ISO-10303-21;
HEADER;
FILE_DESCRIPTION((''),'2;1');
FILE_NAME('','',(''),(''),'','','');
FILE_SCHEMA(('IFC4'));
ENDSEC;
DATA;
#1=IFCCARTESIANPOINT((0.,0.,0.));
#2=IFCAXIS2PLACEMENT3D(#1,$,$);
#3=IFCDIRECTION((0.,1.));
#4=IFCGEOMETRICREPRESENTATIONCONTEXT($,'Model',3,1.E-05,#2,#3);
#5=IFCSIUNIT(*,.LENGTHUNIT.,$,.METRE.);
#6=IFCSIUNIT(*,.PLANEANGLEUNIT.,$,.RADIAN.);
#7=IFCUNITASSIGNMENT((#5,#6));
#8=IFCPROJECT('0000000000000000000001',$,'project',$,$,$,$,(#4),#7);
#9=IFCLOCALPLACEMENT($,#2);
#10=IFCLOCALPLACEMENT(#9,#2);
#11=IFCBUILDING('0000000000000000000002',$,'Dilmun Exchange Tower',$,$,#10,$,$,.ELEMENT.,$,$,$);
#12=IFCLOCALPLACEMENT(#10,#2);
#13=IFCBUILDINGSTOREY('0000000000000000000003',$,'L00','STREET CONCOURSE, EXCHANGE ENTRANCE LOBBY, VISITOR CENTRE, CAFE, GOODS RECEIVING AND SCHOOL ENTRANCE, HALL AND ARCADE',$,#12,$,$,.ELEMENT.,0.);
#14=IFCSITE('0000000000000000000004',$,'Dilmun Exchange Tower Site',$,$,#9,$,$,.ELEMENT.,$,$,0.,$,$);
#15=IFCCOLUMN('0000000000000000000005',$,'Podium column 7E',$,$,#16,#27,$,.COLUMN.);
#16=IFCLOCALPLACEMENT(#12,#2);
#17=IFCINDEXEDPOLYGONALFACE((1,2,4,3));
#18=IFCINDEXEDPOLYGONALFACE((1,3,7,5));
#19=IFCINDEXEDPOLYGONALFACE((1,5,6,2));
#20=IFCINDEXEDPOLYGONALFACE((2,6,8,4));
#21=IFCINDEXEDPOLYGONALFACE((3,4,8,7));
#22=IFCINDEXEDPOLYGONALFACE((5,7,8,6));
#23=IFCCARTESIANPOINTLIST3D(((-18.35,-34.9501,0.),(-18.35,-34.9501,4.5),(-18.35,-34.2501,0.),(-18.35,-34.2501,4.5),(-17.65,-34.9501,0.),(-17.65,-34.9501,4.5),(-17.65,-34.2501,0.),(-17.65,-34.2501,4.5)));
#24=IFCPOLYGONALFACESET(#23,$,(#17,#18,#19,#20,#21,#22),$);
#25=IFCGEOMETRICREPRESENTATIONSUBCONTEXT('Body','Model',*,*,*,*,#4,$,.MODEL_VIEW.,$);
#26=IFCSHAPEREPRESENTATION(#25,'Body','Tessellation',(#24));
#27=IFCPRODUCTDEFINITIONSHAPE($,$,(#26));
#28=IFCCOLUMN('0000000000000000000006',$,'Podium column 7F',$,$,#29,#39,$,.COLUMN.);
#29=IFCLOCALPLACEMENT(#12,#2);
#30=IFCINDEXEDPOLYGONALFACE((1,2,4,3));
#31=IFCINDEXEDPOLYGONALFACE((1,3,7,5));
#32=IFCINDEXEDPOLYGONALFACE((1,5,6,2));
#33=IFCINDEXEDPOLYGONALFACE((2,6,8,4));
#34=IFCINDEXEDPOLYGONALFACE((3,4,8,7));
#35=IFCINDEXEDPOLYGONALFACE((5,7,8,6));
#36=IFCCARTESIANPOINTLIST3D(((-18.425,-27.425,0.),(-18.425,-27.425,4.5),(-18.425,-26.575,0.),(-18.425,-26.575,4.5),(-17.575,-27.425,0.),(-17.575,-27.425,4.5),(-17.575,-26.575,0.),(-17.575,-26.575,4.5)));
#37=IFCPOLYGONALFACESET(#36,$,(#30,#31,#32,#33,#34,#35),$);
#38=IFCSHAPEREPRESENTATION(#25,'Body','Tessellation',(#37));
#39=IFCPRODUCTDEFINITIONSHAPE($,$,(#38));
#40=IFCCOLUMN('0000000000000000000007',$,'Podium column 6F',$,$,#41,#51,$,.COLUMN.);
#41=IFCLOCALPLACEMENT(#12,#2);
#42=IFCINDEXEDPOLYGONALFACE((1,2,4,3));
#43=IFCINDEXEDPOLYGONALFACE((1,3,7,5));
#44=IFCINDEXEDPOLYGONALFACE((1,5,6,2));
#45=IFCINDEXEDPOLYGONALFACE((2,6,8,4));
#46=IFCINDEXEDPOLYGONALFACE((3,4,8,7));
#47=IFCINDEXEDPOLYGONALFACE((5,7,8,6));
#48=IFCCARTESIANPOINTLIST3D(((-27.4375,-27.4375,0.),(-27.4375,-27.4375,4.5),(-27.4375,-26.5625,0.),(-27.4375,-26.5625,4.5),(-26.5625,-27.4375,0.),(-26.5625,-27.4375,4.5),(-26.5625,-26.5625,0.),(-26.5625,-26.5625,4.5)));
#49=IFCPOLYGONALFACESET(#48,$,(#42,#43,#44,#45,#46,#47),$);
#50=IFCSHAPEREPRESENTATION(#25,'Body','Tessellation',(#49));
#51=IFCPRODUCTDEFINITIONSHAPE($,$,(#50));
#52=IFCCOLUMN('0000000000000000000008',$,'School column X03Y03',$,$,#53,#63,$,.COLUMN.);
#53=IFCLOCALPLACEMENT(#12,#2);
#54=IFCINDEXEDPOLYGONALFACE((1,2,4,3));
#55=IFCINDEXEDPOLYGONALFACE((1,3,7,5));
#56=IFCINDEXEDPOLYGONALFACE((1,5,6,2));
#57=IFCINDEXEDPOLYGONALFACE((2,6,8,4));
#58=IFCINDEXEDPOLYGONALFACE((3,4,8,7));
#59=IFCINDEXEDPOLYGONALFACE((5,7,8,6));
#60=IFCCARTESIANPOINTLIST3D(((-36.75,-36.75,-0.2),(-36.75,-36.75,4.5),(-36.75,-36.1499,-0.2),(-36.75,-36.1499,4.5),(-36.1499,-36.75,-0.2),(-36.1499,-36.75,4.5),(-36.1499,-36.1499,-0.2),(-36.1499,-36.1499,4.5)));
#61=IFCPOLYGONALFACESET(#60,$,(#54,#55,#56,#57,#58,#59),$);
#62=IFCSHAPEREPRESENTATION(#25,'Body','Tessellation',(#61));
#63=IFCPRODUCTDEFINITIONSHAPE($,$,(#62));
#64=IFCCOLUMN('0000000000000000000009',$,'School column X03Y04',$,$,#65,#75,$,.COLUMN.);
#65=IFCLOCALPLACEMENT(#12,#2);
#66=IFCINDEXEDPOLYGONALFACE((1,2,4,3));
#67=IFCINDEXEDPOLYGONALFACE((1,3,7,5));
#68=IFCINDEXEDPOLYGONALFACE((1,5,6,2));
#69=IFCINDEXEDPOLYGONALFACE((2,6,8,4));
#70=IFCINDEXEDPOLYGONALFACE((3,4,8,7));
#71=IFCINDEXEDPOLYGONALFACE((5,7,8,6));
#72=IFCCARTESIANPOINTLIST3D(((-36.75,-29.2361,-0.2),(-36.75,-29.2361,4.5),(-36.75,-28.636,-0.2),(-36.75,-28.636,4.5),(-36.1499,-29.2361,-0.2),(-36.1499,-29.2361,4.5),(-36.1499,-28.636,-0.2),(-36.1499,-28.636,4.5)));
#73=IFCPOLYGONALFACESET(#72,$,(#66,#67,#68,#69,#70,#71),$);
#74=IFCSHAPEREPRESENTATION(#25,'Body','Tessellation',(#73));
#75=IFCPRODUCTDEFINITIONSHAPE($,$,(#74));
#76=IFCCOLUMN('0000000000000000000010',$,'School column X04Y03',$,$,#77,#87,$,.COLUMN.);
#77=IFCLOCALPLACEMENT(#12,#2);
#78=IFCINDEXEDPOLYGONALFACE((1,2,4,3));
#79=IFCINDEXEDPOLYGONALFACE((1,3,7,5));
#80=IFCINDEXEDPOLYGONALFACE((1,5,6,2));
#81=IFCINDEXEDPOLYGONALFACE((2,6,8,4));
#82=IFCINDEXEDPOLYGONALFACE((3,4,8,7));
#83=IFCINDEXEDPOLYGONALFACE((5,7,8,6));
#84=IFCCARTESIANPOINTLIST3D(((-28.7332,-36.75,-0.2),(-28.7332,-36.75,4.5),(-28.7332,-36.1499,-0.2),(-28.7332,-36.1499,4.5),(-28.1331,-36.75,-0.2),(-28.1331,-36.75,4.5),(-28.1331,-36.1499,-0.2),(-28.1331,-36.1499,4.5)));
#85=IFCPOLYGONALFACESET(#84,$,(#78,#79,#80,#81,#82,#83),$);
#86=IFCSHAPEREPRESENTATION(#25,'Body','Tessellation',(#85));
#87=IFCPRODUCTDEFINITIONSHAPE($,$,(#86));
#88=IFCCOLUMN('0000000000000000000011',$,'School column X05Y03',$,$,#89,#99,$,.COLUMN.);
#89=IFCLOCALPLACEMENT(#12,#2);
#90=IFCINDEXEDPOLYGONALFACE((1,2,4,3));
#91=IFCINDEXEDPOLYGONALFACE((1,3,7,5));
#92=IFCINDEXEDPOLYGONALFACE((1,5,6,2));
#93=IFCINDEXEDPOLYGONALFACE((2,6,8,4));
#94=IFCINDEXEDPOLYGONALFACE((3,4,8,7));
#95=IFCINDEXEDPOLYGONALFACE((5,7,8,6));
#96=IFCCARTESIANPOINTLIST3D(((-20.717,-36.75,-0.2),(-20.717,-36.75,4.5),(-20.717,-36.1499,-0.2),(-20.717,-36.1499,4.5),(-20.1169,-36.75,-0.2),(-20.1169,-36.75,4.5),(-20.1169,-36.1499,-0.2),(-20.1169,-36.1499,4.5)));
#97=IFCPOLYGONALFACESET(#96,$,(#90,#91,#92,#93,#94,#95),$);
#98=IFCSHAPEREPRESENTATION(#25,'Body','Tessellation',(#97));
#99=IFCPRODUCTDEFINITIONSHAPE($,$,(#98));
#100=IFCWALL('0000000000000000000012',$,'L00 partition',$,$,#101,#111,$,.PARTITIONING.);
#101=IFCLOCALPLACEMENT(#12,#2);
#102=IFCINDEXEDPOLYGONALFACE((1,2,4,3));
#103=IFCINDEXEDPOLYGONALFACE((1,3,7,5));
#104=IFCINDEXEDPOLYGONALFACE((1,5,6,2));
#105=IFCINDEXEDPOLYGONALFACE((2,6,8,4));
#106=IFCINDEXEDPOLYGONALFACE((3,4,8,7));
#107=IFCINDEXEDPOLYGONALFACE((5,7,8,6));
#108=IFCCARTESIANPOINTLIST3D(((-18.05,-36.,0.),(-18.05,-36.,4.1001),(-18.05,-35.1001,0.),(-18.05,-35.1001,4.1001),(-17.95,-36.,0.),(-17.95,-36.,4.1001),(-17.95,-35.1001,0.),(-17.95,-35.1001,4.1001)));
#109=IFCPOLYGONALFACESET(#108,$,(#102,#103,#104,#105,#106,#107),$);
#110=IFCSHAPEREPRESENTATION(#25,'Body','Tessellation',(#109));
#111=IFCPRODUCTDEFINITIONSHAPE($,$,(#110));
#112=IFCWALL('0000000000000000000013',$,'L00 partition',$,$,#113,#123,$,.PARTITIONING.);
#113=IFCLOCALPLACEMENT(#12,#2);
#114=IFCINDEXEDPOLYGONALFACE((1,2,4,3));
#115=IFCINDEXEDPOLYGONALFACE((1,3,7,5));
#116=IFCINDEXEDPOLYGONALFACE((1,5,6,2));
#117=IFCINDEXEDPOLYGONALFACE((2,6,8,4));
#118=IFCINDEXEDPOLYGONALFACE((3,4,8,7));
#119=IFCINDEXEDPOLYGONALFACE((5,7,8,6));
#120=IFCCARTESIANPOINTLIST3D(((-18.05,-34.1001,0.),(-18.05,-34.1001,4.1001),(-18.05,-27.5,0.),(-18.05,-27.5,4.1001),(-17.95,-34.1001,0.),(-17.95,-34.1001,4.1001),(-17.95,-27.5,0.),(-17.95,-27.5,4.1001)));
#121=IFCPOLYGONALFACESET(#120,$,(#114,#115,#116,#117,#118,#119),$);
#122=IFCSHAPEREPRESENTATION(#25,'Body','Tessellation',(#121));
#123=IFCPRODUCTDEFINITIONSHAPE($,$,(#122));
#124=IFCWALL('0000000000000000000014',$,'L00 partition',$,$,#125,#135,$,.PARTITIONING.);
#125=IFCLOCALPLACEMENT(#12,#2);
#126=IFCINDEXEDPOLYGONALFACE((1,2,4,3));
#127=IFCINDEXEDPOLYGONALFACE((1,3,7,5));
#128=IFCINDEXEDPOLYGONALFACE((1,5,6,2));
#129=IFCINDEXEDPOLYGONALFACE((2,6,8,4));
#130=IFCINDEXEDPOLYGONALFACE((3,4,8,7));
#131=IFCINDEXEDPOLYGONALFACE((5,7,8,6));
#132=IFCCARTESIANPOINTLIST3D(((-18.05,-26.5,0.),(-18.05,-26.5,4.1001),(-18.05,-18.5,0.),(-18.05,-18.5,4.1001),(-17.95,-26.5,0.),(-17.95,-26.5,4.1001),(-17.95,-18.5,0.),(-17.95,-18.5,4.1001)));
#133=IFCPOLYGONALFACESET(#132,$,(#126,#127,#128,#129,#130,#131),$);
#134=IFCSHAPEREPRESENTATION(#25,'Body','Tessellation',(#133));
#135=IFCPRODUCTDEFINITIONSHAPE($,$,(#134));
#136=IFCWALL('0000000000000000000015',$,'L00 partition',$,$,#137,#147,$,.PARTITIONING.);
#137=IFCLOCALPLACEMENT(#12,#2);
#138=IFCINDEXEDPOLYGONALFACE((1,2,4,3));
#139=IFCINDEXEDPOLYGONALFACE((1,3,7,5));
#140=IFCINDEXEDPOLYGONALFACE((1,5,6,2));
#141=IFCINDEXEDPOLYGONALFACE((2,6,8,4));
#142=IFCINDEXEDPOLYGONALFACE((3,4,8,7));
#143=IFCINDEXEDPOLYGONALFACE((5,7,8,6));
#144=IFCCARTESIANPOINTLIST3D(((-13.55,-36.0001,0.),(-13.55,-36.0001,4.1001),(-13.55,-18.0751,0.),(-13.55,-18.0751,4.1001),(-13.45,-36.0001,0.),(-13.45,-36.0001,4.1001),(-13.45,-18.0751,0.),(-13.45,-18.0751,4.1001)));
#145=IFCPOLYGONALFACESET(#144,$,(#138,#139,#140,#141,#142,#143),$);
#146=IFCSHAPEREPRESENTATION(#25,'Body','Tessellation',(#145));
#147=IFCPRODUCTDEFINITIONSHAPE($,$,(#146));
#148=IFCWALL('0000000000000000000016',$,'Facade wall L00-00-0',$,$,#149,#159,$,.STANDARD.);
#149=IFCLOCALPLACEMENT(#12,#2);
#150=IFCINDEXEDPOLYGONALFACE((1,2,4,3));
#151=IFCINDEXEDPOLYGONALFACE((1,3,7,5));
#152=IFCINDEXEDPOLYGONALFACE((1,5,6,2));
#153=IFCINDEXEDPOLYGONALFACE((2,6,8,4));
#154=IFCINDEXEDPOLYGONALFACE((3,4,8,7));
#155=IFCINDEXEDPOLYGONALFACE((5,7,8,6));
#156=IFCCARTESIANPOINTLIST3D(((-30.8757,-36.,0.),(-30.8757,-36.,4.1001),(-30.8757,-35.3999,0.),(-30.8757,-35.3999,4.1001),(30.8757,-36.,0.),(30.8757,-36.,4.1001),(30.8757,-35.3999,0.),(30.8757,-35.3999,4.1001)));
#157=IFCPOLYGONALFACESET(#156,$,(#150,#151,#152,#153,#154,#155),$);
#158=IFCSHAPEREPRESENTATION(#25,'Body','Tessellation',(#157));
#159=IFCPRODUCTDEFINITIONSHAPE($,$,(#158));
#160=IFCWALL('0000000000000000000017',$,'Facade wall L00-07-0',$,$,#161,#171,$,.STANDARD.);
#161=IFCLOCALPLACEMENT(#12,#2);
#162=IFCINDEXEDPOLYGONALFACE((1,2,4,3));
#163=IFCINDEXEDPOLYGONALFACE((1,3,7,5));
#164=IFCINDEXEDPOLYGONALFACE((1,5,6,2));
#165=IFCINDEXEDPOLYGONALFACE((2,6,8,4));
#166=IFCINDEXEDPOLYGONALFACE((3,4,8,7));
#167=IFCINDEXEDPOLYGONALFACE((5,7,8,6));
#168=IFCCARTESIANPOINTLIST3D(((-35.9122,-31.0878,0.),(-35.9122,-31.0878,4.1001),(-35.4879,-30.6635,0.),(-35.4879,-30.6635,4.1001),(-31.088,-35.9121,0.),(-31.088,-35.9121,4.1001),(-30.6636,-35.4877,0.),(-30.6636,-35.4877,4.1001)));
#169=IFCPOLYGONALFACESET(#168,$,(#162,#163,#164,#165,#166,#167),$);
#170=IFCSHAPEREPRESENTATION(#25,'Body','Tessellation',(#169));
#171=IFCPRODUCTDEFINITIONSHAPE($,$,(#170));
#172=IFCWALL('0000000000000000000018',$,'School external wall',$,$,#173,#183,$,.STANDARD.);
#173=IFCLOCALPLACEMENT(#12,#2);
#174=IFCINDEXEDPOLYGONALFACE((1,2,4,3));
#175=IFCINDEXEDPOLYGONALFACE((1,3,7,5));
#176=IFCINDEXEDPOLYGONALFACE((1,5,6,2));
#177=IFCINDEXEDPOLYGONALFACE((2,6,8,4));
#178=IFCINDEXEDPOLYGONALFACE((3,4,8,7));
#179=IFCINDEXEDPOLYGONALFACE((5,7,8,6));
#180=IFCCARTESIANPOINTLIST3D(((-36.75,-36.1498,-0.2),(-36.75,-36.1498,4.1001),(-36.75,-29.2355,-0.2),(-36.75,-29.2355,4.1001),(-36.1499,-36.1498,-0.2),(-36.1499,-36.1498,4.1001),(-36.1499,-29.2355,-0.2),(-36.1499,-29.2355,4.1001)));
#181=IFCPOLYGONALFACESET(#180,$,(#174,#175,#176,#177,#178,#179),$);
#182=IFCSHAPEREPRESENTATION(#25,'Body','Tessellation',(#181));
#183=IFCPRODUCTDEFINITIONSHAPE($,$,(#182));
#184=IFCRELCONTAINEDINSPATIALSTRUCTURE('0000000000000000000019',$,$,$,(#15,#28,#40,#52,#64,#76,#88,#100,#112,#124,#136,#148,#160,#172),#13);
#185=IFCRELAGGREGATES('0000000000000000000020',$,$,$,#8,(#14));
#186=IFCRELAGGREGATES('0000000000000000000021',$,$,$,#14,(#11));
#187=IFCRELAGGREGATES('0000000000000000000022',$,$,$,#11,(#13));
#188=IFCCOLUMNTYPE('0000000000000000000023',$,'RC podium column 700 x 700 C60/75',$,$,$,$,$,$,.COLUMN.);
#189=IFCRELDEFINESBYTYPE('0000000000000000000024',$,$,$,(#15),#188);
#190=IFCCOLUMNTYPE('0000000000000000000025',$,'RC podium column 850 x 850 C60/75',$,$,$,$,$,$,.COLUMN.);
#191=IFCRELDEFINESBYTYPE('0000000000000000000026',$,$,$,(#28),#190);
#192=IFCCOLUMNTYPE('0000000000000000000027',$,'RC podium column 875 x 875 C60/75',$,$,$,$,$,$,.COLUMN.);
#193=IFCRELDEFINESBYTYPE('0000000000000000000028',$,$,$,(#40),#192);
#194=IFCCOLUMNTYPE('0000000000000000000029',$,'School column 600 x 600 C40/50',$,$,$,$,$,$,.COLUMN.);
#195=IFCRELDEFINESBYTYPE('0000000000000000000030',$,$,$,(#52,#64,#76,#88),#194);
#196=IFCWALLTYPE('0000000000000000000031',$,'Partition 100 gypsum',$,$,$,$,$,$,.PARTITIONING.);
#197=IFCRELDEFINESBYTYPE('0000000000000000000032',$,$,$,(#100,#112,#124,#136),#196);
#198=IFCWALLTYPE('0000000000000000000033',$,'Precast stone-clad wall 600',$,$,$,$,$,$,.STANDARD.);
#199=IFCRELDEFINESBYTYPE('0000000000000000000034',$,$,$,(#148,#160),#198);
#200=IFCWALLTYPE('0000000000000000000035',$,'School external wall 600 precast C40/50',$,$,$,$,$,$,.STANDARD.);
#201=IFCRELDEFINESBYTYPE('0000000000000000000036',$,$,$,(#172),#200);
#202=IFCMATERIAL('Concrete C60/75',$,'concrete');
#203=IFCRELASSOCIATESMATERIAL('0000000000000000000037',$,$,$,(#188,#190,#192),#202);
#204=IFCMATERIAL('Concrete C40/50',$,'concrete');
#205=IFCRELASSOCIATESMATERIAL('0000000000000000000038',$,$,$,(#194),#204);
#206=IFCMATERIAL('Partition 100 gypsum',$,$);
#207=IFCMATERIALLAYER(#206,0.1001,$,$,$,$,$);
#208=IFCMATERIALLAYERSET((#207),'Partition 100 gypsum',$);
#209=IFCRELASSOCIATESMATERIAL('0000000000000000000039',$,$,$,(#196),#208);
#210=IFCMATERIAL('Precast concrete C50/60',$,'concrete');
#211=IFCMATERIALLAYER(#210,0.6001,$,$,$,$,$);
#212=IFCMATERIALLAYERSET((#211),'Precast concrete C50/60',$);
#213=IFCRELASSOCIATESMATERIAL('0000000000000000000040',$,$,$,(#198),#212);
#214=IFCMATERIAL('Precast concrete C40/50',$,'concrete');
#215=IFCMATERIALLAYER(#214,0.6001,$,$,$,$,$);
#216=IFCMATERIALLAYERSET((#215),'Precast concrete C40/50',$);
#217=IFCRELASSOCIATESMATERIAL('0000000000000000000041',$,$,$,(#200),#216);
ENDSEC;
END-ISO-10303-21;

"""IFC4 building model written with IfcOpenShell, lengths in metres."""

from ifc_helpers import new_model, si_unit, direction, frame, frame_2d, origin, origin_2d, place, context, subcontext, project, spatial, rectangle, extrude, material, layer, layer_set, material_profile, profile_set, type_object, element, save


model = new_model("IFC4")

# Units and contexts
model_context = context("Model", 3, precision=1e-05, world=origin(), true_north=direction((0.0, 1.0)))
body_context = subcontext(model_context, "Body", "Model", "MODEL_VIEW")
ifc_project = project(units=[si_unit("LENGTHUNIT", "METRE"), si_unit("PLANEANGLEUNIT", "RADIAN")], contexts=[model_context])

# Site, building, storey
site_placement = place(None, origin())
site = spatial("IfcSite", under=ifc_project, at=site_placement, Name="Dilmun Exchange Tower Site", CompositionType="ELEMENT", RefElevation=0.0)
building_placement = place(site_placement, origin())
building = spatial("IfcBuilding", under=site, at=building_placement, Name="Dilmun Exchange Tower", CompositionType="ELEMENT")
storey_placement = place(building_placement, origin())
storey = spatial("IfcBuildingStorey", under=building, at=storey_placement, Name="L00", Description="STREET CONCOURSE, EXCHANGE ENTRANCE LOBBY, VISITOR CENTRE, CAFE, GOODS RECEIVING AND SCHOOL ENTRANCE, HALL AND ARCADE", CompositionType="ELEMENT", Elevation=0.0)

# Columns
ifc_material_1 = material(Name="Concrete C60/75", Category="concrete")
ifc_material_profile_1 = material_profile(ifc_material_1, rectangle(XDim=0.7, YDim=0.7, at=origin_2d()), Name="700 x 700")
ifc_profile_set_1 = profile_set([ifc_material_profile_1], Name="Concrete C60/75")
column_type_1 = type_object("IfcColumnType", Name="RC podium column 700 x 700 C60/75", PredefinedType="COLUMN", material=ifc_profile_set_1)
for number, where, z_axis, x_axis, name in (
    (1, (-18.0, -34.6001, 0.0), (0.0, 0.0, 1.0), (1.0, 0.0, 0.0), "Podium column 7E"),
):
    element("IfcColumn", number, at=place(storey_placement, frame(where, z_axis=z_axis, x_axis=x_axis)), inside=storey, type_object=column_type_1, Name=name, PredefinedType="COLUMN", context=body_context, shape_type="SweptSolid", body=[
        extrude(rectangle(XDim=0.7, YDim=0.7, at=origin_2d()), origin(), (0.0, 0.0, 1.0), 4.5),
    ])
ifc_material_profile_2 = material_profile(ifc_material_1, rectangle(XDim=0.8501, YDim=0.8501, at=origin_2d()), Name="850 x 850")
ifc_profile_set_2 = profile_set([ifc_material_profile_2], Name="Concrete C60/75")
column_type_2 = type_object("IfcColumnType", Name="RC podium column 850 x 850 C60/75", PredefinedType="COLUMN", material=ifc_profile_set_2)
column_1_placement = place(storey_placement, frame((-18.0, -27.0, 0.0), z_axis=(0.0, 0.0, 1.0), x_axis=(1.0, 0.0, 0.0)))
element("IfcColumn", 2, at=column_1_placement, inside=storey, type_object=column_type_2, Name="Podium column 7F", PredefinedType="COLUMN", context=body_context, shape_type="SweptSolid", body=[
    extrude(rectangle(XDim=0.8501, YDim=0.8501, at=origin_2d()), origin(), (0.0, 0.0, 1.0), 4.5),
])
ifc_material_profile_3 = material_profile(ifc_material_1, rectangle(XDim=0.875, YDim=0.875, at=origin_2d()), Name="875 x 875")
ifc_profile_set_3 = profile_set([ifc_material_profile_3], Name="Concrete C60/75")
column_type_3 = type_object("IfcColumnType", Name="RC podium column 875 x 875 C60/75", PredefinedType="COLUMN", material=ifc_profile_set_3)
column_2_placement = place(storey_placement, frame((-27.0, -27.0, 0.0), z_axis=(0.0, 0.0, 1.0), x_axis=(1.0, 0.0, 0.0)))
element("IfcColumn", 3, at=column_2_placement, inside=storey, type_object=column_type_3, Name="Podium column 6F", PredefinedType="COLUMN", context=body_context, shape_type="SweptSolid", body=[
    extrude(rectangle(XDim=0.875, YDim=0.875, at=origin_2d()), origin(), (0.0, 0.0, 1.0), 4.5),
])
ifc_material_2 = material(Name="Concrete C40/50", Category="concrete")
ifc_material_profile_4 = material_profile(ifc_material_2, rectangle(XDim=0.6001, YDim=0.6001, at=origin_2d()), Name="600 x 600")
ifc_profile_set_4 = profile_set([ifc_material_profile_4], Name="Concrete C40/50")
column_type_4 = type_object("IfcColumnType", Name="School column 600 x 600 C40/50", PredefinedType="COLUMN", material=ifc_profile_set_4)
for number, where, z_axis, x_axis, name in (
    (4, (-36.45, -36.45, -0.2), (0.0, 0.0, 1.0), (1.0, 0.0, 0.0), "School column X03Y03"),
    (5, (-36.45, -28.936, -0.2), (0.0, 0.0, 1.0), (1.0, 0.0, 0.0), "School column X03Y04"),
    (6, (-28.4331, -36.45, -0.2), (0.0, 0.0, 1.0), (1.0, 0.0, 0.0), "School column X04Y03"),
    (7, (-20.417, -36.45, -0.2), (0.0, 0.0, 1.0), (1.0, 0.0, 0.0), "School column X05Y03"),
):
    element("IfcColumn", number, at=place(storey_placement, frame(where, z_axis=z_axis, x_axis=x_axis)), inside=storey, type_object=column_type_4, Name=name, PredefinedType="COLUMN", context=body_context, shape_type="SweptSolid", body=[
        extrude(rectangle(XDim=0.6001, YDim=0.6001, at=origin_2d()), origin(), (0.0, 0.0, 1.0), 4.7),
    ])

# Walls
ifc_material_3 = material(Name="Partition 100 gypsum")
ifc_layer_1 = layer(ifc_material_3, 0.1001)
ifc_layer_set_1 = layer_set([ifc_layer_1], Name="Partition 100 gypsum")
wall_type_1 = type_object("IfcWallType", Name="Partition 100 gypsum", PredefinedType="PARTITIONING", material=ifc_layer_set_1)
wall_1_placement = place(storey_placement, frame((-18.0, -36.0, 0.0), z_axis=(0.0, 0.0, 1.0), x_axis=(0.0, 1.0, 0.0)))
element("IfcWall", 8, at=wall_1_placement, inside=storey, type_object=wall_type_1, Name="L00 partition", PredefinedType="PARTITIONING", context=body_context, shape_type="SweptSolid", body=[
    extrude(rectangle(XDim=0.8999, YDim=0.1001, at=frame_2d((0.45, 0.0))), origin(), (0.0, 0.0, 1.0), 4.1001),
])
wall_2_placement = place(storey_placement, frame((-18.0, -34.1001, 0.0), z_axis=(0.0, 0.0, 1.0), x_axis=(0.0, 1.0, 0.0)))
element("IfcWall", 9, at=wall_2_placement, inside=storey, type_object=wall_type_1, Name="L00 partition", PredefinedType="PARTITIONING", context=body_context, shape_type="SweptSolid", body=[
    extrude(rectangle(XDim=6.6001, YDim=0.1001, at=frame_2d((3.3, 0.0))), origin(), (0.0, 0.0, 1.0), 4.1001),
])
wall_3_placement = place(storey_placement, frame((-18.0, -26.5, 0.0), z_axis=(0.0, 0.0, 1.0), x_axis=(0.0, 1.0, 0.0)))
element("IfcWall", 10, at=wall_3_placement, inside=storey, type_object=wall_type_1, Name="L00 partition", PredefinedType="PARTITIONING", context=body_context, shape_type="SweptSolid", body=[
    extrude(rectangle(XDim=8.0, YDim=0.1001, at=frame_2d((4.0, 0.0))), origin(), (0.0, 0.0, 1.0), 4.1001),
])
wall_4_placement = place(storey_placement, frame((-13.5, -36.0, 0.0), z_axis=(0.0, 0.0, 1.0), x_axis=(0.0, 1.0, 0.0)))
element("IfcWall", 11, at=wall_4_placement, inside=storey, type_object=wall_type_1, Name="L00 partition", PredefinedType="PARTITIONING", context=body_context, shape_type="SweptSolid", body=[
    extrude(rectangle(XDim=17.925, YDim=0.1001, at=frame_2d((8.9624, 0.0))), origin(), (0.0, 0.0, 1.0), 4.1001),
])
ifc_material_4 = material(Name="Precast concrete C50/60", Category="concrete")
ifc_layer_2 = layer(ifc_material_4, 0.6001)
ifc_layer_set_2 = layer_set([ifc_layer_2], Name="Precast concrete C50/60")
wall_type_2 = type_object("IfcWallType", Name="Precast stone-clad wall 600", PredefinedType="STANDARD", material=ifc_layer_set_2)
wall_5_placement = place(storey_placement, frame((-30.8757, -35.7, 0.0), z_axis=(0.0, 0.0, 1.0), x_axis=(1.0, 0.0, 0.0)))
element("IfcWall", 12, at=wall_5_placement, inside=storey, type_object=wall_type_2, Name="Facade wall L00-00-0", PredefinedType="STANDARD", context=body_context, shape_type="SweptSolid", body=[
    extrude(rectangle(XDim=61.7515, YDim=0.6001, at=frame_2d((30.8757, 0.0))), origin(), (0.0, 0.0, 1.0), 4.1001),
])
wall_6_placement = place(storey_placement, frame((-35.7, -30.8757, 0.0), z_axis=(0.0, 0.0, 1.0), x_axis=(0.707107, -0.707107, 0.0)))
element("IfcWall", 13, at=wall_6_placement, inside=storey, type_object=wall_type_2, Name="Facade wall L00-07-0", PredefinedType="STANDARD", context=body_context, shape_type="SweptSolid", body=[
    extrude(rectangle(XDim=6.8225, YDim=0.6001, at=frame_2d((3.4111, 0.0))), origin(), (0.0, 0.0, 1.0), 4.1001),
])
ifc_material_5 = material(Name="Precast concrete C40/50", Category="concrete")
ifc_layer_3 = layer(ifc_material_5, 0.6001)
ifc_layer_set_3 = layer_set([ifc_layer_3], Name="Precast concrete C40/50")
wall_type_3 = type_object("IfcWallType", Name="School external wall 600 precast C40/50", PredefinedType="STANDARD", material=ifc_layer_set_3)
wall_7_placement = place(storey_placement, frame((-36.45, -29.2356, -0.2), z_axis=(0.0, 0.0, 1.0), x_axis=(0.0, -1.0, 0.0)))
element("IfcWall", 14, at=wall_7_placement, inside=storey, type_object=wall_type_3, Name="School external wall", PredefinedType="STANDARD", context=body_context, shape_type="SweptSolid", body=[
    extrude(rectangle(XDim=6.9143, YDim=0.6001, at=frame_2d((3.457, 0.0))), origin(), (0.0, 0.0, 1.0), 4.3),
])

save(model, "model.ifc")
